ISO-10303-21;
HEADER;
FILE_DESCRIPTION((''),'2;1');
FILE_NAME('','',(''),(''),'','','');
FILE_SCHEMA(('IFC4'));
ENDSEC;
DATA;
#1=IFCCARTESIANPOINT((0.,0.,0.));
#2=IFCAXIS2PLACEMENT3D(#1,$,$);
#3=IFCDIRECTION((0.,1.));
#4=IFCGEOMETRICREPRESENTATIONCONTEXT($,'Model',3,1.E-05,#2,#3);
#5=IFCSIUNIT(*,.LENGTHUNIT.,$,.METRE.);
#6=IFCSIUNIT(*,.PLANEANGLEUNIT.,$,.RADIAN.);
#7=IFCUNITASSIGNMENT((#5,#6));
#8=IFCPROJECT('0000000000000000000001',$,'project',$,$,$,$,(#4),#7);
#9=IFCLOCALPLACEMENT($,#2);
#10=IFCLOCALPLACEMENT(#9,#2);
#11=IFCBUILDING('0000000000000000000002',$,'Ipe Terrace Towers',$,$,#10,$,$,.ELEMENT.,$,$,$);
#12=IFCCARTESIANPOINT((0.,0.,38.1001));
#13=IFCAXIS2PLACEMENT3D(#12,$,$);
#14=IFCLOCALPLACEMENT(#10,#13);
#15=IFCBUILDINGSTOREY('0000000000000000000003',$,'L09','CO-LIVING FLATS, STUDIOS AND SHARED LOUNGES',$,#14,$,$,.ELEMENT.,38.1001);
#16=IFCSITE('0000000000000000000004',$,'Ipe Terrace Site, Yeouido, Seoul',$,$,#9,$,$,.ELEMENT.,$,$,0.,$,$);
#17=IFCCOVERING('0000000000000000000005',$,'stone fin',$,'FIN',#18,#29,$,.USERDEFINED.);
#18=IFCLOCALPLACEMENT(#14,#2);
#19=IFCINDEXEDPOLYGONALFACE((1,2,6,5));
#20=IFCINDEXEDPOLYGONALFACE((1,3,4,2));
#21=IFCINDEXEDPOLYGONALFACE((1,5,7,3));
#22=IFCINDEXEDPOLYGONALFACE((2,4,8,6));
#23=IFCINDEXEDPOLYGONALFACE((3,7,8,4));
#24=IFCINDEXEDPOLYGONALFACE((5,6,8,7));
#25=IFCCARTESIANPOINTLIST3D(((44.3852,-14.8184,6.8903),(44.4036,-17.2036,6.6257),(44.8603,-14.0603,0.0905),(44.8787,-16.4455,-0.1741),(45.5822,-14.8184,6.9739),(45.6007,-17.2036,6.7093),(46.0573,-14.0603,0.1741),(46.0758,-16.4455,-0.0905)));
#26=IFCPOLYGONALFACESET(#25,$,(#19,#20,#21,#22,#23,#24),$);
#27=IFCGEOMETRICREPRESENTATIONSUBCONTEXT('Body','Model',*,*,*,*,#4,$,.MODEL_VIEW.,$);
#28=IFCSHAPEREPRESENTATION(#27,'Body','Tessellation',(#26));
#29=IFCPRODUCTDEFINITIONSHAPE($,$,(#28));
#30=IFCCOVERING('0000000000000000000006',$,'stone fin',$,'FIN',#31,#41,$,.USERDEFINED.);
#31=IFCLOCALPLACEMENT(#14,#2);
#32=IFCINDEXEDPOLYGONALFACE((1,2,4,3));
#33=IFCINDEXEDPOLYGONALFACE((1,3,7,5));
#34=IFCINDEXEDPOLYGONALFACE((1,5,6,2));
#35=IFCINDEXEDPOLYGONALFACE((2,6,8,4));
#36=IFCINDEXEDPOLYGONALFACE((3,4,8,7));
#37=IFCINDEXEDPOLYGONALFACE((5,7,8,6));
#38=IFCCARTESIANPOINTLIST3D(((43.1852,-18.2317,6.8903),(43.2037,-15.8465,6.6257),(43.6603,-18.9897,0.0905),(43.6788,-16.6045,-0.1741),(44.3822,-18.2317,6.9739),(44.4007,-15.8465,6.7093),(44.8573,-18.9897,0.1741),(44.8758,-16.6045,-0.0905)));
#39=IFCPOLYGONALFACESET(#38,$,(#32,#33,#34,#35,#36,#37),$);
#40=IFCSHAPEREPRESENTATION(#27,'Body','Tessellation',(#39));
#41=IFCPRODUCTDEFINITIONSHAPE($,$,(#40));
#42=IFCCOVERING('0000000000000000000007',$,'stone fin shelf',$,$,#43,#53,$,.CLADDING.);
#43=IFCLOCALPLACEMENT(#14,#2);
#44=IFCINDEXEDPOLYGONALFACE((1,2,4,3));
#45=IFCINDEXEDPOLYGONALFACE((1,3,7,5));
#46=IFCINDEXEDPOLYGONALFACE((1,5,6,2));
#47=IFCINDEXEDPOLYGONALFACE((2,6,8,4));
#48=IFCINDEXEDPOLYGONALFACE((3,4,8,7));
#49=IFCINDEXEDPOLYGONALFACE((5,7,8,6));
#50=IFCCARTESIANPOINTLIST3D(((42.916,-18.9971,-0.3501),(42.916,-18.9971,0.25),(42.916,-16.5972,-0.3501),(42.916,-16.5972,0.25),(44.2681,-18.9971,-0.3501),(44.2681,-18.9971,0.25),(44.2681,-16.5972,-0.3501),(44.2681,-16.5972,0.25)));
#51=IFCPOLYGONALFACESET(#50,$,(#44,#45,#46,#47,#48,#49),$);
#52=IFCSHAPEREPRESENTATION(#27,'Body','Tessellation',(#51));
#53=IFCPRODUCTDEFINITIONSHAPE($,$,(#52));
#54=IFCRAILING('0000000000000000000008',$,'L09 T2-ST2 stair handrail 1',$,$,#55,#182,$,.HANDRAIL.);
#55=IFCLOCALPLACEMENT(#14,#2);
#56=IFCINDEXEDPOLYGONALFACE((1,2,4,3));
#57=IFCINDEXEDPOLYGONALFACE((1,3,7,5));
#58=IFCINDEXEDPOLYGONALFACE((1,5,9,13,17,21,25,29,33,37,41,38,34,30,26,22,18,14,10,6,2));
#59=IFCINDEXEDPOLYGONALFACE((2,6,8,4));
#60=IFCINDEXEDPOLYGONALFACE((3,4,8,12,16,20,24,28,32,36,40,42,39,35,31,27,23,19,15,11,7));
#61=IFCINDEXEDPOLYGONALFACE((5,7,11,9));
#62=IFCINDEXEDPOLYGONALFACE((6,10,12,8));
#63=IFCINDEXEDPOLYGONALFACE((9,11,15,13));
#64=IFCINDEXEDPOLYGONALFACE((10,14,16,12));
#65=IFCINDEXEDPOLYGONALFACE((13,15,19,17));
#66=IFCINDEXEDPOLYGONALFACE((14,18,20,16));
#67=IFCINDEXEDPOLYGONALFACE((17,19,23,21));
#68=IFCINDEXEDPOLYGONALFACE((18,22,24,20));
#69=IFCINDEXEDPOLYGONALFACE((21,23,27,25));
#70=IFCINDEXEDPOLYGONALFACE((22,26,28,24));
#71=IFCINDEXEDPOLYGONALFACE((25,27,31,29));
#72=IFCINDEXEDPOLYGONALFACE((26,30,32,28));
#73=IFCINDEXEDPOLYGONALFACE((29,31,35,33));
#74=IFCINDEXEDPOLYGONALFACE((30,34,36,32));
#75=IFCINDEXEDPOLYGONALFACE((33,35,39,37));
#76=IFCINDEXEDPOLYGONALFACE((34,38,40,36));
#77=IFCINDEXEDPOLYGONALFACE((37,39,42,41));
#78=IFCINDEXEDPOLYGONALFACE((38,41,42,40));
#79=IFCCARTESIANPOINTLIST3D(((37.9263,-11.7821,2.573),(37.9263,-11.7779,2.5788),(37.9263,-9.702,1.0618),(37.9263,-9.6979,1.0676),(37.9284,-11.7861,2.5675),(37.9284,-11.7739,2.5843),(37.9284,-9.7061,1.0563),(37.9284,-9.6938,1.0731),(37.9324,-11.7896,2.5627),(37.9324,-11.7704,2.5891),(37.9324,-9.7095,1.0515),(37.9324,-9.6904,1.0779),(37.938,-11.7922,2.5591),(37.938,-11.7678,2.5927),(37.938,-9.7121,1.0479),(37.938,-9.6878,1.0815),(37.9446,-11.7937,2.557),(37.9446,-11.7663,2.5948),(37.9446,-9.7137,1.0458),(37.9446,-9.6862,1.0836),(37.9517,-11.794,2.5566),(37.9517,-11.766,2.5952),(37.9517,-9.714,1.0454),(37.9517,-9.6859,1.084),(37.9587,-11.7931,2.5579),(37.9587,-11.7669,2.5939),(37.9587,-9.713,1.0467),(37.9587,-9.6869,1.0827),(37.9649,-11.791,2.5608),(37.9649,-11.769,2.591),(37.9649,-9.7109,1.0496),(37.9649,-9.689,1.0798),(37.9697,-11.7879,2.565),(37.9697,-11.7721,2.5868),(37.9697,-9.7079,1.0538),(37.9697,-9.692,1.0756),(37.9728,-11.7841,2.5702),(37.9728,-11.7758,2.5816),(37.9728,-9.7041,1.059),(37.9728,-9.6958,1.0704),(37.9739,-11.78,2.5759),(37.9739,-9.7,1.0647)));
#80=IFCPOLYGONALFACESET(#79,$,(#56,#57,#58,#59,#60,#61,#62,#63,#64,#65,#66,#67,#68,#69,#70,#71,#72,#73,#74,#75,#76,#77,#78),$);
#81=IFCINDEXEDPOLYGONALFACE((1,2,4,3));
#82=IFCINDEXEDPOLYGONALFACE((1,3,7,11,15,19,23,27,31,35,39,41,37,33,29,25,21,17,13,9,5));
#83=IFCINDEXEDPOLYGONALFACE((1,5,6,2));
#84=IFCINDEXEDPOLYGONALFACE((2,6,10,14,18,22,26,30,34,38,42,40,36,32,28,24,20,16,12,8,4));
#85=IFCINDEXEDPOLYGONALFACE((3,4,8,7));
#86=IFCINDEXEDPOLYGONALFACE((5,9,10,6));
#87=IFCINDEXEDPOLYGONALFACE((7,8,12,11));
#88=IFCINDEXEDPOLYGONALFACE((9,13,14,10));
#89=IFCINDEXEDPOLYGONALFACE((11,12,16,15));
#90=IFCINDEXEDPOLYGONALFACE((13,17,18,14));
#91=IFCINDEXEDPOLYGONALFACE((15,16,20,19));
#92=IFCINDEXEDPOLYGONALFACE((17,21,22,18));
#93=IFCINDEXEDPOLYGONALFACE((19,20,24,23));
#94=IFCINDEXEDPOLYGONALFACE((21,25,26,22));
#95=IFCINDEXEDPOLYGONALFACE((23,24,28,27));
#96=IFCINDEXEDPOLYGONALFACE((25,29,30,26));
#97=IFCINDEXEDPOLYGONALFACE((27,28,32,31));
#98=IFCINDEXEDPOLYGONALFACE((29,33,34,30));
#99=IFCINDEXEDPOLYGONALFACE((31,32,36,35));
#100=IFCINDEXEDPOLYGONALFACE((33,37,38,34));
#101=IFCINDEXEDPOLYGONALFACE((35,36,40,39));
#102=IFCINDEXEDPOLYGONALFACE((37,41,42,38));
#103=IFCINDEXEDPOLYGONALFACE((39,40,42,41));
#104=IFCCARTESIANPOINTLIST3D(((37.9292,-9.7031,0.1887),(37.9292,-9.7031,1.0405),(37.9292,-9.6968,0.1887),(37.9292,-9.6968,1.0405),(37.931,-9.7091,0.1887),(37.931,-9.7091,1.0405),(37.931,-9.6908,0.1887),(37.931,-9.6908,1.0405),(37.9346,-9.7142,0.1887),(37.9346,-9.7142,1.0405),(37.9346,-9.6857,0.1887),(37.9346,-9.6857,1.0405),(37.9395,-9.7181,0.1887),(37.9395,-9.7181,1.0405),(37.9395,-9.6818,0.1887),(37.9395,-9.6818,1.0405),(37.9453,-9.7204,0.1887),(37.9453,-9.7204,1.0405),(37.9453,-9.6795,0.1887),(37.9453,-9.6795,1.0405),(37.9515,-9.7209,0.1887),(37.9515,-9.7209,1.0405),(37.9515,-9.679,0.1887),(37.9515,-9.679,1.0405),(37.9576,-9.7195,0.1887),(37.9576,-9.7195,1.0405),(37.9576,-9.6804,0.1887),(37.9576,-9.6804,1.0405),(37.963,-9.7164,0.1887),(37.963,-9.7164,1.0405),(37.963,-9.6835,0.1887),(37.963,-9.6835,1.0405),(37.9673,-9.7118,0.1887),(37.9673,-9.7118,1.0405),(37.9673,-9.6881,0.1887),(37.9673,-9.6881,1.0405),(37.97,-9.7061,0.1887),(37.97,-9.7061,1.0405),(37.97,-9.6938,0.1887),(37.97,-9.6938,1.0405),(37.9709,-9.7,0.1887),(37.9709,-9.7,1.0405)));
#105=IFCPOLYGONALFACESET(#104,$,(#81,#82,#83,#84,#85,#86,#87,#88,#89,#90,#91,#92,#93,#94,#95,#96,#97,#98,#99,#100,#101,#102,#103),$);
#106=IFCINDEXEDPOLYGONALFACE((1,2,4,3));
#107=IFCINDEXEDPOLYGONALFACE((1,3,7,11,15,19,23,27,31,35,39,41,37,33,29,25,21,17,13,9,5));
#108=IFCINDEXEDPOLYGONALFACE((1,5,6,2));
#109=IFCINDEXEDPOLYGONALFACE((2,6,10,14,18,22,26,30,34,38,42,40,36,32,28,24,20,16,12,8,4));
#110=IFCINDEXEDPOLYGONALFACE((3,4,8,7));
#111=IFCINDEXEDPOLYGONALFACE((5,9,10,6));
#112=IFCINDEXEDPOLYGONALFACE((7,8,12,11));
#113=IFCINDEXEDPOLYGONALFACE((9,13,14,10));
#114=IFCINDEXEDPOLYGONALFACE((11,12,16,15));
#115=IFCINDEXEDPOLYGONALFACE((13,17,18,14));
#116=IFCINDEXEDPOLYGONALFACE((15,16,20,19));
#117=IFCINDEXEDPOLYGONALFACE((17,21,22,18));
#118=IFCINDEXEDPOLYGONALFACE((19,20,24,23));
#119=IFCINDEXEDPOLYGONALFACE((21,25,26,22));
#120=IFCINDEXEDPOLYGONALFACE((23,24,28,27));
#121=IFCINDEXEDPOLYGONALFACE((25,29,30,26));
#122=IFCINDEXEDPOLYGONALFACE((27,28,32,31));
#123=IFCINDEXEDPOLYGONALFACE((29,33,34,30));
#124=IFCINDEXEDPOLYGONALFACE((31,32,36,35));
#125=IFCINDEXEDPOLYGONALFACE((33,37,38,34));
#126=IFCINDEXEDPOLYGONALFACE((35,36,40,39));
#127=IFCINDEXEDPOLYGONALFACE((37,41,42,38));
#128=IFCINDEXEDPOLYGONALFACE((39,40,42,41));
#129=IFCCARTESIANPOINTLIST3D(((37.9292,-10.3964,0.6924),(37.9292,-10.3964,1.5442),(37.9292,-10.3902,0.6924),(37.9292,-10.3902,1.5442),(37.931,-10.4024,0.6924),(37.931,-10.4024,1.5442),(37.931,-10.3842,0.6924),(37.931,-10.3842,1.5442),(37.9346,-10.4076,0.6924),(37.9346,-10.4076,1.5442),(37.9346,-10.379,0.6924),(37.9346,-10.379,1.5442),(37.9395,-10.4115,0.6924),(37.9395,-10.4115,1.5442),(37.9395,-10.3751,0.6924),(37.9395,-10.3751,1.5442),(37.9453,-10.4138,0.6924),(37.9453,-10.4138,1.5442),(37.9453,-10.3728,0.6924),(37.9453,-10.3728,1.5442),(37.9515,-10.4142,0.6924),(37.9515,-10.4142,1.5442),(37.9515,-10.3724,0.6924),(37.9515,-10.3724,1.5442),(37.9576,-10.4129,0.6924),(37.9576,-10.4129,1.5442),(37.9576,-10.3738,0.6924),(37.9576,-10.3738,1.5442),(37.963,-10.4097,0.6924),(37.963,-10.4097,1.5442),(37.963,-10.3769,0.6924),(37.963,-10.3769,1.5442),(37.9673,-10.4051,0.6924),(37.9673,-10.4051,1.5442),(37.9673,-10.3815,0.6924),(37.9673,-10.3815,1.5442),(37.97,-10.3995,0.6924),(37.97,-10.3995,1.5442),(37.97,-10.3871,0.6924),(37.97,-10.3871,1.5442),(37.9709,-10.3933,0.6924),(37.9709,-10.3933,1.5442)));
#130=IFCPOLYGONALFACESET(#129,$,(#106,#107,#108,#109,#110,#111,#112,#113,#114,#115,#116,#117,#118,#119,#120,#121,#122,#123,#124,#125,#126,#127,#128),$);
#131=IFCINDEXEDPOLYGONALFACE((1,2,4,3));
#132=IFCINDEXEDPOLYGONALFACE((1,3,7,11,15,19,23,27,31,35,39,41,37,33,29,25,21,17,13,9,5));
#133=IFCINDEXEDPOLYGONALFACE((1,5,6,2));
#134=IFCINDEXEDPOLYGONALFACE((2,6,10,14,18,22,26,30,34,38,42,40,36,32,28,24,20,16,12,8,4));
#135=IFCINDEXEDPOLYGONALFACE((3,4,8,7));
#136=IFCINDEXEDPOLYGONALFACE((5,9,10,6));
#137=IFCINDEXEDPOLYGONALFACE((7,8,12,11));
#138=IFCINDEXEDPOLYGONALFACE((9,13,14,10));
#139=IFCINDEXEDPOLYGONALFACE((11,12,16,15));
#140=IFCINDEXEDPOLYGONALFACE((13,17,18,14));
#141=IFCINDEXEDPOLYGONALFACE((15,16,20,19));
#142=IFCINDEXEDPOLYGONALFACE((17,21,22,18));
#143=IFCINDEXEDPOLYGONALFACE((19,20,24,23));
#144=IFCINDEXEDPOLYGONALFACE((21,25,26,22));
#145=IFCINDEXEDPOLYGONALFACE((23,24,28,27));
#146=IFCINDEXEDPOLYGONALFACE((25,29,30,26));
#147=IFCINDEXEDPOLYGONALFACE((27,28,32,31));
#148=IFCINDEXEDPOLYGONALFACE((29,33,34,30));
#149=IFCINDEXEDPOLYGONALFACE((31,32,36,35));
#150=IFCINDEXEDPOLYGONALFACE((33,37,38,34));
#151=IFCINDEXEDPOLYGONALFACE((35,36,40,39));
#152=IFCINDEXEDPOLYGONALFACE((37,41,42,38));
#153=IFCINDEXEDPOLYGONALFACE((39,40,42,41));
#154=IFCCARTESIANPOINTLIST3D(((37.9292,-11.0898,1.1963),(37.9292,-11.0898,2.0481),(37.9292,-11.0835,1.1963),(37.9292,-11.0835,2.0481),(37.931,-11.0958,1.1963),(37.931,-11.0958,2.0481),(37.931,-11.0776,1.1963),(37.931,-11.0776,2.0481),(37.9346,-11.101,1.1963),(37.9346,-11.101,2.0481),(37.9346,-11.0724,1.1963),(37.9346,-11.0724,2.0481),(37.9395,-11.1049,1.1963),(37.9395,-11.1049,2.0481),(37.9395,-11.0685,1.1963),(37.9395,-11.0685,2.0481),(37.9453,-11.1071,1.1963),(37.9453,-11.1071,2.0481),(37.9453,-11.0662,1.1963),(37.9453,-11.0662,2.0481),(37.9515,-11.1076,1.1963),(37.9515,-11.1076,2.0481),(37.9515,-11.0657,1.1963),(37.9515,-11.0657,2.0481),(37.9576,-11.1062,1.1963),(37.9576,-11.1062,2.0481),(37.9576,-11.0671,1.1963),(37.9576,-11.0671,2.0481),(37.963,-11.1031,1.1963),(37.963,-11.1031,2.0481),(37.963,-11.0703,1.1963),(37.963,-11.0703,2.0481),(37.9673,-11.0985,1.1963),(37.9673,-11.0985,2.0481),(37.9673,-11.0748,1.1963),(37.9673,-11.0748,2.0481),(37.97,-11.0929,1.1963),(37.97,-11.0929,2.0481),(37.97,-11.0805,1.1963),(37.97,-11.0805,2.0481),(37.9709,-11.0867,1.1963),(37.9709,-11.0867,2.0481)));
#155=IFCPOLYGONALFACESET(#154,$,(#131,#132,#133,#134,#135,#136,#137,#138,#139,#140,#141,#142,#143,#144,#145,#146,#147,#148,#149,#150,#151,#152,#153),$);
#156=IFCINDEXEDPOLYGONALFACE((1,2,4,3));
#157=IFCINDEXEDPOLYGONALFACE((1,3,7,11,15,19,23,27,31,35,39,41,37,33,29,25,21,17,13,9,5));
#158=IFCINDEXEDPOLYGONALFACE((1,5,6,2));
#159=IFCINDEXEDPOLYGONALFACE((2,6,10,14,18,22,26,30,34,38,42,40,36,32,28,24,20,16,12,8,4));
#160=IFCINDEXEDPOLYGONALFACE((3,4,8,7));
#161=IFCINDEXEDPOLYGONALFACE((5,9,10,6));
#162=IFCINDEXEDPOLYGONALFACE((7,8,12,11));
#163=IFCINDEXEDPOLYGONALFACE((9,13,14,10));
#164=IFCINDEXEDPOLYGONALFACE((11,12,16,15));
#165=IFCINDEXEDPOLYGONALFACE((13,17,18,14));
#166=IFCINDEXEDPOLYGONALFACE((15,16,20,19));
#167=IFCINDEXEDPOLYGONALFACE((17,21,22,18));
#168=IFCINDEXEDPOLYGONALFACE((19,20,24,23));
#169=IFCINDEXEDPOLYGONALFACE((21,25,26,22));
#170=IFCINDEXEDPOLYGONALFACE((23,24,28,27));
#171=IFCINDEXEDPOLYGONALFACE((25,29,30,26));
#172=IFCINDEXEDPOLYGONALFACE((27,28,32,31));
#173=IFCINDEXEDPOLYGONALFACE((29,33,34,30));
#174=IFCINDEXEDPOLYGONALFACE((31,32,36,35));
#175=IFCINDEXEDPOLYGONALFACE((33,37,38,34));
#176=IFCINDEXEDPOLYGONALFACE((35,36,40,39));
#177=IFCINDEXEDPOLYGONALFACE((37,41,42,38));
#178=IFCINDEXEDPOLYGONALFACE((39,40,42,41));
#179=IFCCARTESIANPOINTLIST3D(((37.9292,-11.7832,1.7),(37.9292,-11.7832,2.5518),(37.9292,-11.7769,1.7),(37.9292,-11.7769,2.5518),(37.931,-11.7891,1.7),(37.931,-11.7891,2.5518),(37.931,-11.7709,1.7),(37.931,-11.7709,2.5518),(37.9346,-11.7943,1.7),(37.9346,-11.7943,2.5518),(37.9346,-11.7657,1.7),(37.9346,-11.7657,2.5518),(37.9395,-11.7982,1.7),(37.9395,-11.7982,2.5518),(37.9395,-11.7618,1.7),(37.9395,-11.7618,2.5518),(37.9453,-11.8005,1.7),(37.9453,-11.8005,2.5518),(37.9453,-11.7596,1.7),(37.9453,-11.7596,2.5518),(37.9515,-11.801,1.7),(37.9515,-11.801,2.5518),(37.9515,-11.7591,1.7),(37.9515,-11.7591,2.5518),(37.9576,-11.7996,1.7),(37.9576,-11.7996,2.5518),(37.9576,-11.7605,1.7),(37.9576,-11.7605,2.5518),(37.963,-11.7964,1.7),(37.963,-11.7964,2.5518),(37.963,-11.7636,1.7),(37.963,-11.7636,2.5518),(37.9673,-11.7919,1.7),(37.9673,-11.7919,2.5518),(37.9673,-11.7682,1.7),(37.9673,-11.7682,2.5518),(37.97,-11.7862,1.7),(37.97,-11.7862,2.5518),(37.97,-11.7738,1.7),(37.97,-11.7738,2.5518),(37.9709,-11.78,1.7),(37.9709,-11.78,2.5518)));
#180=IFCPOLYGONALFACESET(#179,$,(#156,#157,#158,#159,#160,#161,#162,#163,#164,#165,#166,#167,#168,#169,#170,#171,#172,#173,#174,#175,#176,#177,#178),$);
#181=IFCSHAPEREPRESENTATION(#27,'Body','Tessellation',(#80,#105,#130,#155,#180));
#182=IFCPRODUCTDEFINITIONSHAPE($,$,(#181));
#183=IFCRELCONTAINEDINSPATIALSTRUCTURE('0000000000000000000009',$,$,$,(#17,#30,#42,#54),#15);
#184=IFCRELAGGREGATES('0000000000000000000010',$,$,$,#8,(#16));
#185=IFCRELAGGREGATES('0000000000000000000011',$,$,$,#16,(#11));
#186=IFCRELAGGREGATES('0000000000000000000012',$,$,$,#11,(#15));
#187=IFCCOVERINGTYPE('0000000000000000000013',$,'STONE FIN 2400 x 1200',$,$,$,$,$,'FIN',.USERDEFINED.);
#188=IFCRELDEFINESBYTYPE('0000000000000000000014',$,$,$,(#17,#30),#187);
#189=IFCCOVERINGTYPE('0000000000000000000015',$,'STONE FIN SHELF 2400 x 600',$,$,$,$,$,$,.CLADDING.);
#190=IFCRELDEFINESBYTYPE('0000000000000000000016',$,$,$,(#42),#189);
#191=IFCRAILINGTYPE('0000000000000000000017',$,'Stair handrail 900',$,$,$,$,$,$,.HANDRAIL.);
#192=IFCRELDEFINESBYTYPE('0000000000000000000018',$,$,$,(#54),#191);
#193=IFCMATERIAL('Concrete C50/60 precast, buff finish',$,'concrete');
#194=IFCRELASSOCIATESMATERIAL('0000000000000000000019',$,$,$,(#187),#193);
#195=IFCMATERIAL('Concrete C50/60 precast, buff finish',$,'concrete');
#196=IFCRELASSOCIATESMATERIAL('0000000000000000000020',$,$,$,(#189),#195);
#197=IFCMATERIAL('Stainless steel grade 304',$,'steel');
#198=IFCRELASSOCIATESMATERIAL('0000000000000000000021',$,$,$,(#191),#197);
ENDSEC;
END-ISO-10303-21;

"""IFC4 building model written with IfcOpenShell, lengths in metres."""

from ifc_helpers import new_model, si_unit, direction, frame, origin, origin_2d, place, context, subcontext, project, spatial, rectangle, circle, extrude, material, material_profile, profile_set, type_object, element, save


model = new_model("IFC4")

# Units and contexts
model_context = context("Model", 3, precision=1e-05, world=origin(), true_north=direction((0.0, 1.0)))
body_context = subcontext(model_context, "Body", "Model", "MODEL_VIEW")
ifc_project = project(units=[si_unit("LENGTHUNIT", "METRE"), si_unit("PLANEANGLEUNIT", "RADIAN")], contexts=[model_context])

# Site, building, storey
site_placement = place(None, origin())
site = spatial("IfcSite", under=ifc_project, at=site_placement, Name="Ipe Terrace Site, Yeouido, Seoul", CompositionType="ELEMENT", RefElevation=0.0)
building_placement = place(site_placement, origin())
building = spatial("IfcBuilding", under=site, at=building_placement, Name="Ipe Terrace Towers", CompositionType="ELEMENT")
storey_placement = place(building_placement, frame((0.0, 0.0, 38.1001)))
storey = spatial("IfcBuildingStorey", under=building, at=storey_placement, Name="L09", Description="CO-LIVING FLATS, STUDIOS AND SHARED LOUNGES", CompositionType="ELEMENT", Elevation=38.1001)

# Coverings
ifc_material_1 = material(Name="Concrete C50/60 precast, buff finish", Category="concrete")
ifc_material_profile_1 = material_profile(ifc_material_1, rectangle(XDim=2.3999, YDim=1.2, at=origin_2d()), Name="STONE FIN 2400 x 1200")
ifc_profile_set_1 = profile_set([ifc_material_profile_1], Name="Concrete C50/60 precast, buff finish")
covering_type_1 = type_object("IfcCoveringType", Name="STONE FIN 2400 x 1200", ElementType="FIN", PredefinedType="USERDEFINED", material=ifc_profile_set_1)
for number, where, z_axis, x_axis, name in (
    (1, (45.468, -15.2529, 0.0), (-0.069272, -0.11053, 0.991456), (-0.007704, 0.993873, 0.110261), "stone fin"),
    (2, (44.2681, -17.7971, 0.0), (-0.069272, 0.11053, 0.991456), (0.007704, 0.993873, -0.110261), "stone fin"),
):
    element("IfcCovering", number, at=place(storey_placement, frame(where, z_axis=z_axis, x_axis=x_axis)), inside=storey, type_object=covering_type_1, Name=name, ObjectType="FIN", PredefinedType="USERDEFINED", context=body_context, shape_type="SweptSolid", body=[
        extrude(rectangle(XDim=2.3999, YDim=1.2, at=origin_2d()), origin(), (0.0, 0.0, 1.0), 6.8584),
    ])
ifc_material_2 = material(Name="Concrete C50/60 precast, buff finish", Category="concrete")
covering_type_2 = type_object("IfcCoveringType", Name="STONE FIN SHELF 2400 x 600", PredefinedType="CLADDING", material=ifc_material_2)
covering_1_placement = place(storey_placement, frame((43.592, -17.7971, -0.3501), z_axis=(0.0, 0.0, 1.0), x_axis=(0.0, 1.0, 0.0)))
element("IfcCovering", 3, at=covering_1_placement, inside=storey, type_object=covering_type_2, Name="stone fin shelf", PredefinedType="CLADDING", context=body_context, shape_type="SweptSolid", body=[
    extrude(rectangle(XDim=2.3999, YDim=1.3521, at=origin_2d()), origin(), (0.0, 0.0, 1.0), 0.6001),
])

# Railing
ifc_material_3 = material(Name="Stainless steel grade 304", Category="steel")
railing_type_1 = type_object("IfcRailingType", Name="Stair handrail 900", PredefinedType="HANDRAIL", material=ifc_material_3)
railing_1_placement = place(storey_placement, frame((37.95, -9.7, 0.1887)))
element("IfcRailing", 4, at=railing_1_placement, inside=storey, type_object=railing_type_1, Name="L09 T2-ST2 stair handrail 1", PredefinedType="HANDRAIL", context=body_context, shape_type="SweptSolid", body=[
    extrude(circle(Radius=0.0239, at=origin_2d()), frame((0.0, 0.0, 0.876), z_axis=(0.0, -0.809023, 0.587776), x_axis=(1.0, 0.0, 0.0)), (0.0, 0.0, 1.0), 2.571),
    extrude(circle(Radius=0.021, at=origin_2d()), origin(), (0.0, 0.0, 1.0), 0.8518),
    extrude(circle(Radius=0.021, at=origin_2d()), frame((0.0, -0.6934, 0.5037)), (0.0, 0.0, 1.0), 0.8518),
    extrude(circle(Radius=0.021, at=origin_2d()), frame((0.0, -1.3867, 1.0076)), (0.0, 0.0, 1.0), 0.8518),
    extrude(circle(Radius=0.021, at=origin_2d()), frame((0.0, -2.0801, 1.5112)), (0.0, 0.0, 1.0), 0.8518),
])

save(model, "model.ifc")
